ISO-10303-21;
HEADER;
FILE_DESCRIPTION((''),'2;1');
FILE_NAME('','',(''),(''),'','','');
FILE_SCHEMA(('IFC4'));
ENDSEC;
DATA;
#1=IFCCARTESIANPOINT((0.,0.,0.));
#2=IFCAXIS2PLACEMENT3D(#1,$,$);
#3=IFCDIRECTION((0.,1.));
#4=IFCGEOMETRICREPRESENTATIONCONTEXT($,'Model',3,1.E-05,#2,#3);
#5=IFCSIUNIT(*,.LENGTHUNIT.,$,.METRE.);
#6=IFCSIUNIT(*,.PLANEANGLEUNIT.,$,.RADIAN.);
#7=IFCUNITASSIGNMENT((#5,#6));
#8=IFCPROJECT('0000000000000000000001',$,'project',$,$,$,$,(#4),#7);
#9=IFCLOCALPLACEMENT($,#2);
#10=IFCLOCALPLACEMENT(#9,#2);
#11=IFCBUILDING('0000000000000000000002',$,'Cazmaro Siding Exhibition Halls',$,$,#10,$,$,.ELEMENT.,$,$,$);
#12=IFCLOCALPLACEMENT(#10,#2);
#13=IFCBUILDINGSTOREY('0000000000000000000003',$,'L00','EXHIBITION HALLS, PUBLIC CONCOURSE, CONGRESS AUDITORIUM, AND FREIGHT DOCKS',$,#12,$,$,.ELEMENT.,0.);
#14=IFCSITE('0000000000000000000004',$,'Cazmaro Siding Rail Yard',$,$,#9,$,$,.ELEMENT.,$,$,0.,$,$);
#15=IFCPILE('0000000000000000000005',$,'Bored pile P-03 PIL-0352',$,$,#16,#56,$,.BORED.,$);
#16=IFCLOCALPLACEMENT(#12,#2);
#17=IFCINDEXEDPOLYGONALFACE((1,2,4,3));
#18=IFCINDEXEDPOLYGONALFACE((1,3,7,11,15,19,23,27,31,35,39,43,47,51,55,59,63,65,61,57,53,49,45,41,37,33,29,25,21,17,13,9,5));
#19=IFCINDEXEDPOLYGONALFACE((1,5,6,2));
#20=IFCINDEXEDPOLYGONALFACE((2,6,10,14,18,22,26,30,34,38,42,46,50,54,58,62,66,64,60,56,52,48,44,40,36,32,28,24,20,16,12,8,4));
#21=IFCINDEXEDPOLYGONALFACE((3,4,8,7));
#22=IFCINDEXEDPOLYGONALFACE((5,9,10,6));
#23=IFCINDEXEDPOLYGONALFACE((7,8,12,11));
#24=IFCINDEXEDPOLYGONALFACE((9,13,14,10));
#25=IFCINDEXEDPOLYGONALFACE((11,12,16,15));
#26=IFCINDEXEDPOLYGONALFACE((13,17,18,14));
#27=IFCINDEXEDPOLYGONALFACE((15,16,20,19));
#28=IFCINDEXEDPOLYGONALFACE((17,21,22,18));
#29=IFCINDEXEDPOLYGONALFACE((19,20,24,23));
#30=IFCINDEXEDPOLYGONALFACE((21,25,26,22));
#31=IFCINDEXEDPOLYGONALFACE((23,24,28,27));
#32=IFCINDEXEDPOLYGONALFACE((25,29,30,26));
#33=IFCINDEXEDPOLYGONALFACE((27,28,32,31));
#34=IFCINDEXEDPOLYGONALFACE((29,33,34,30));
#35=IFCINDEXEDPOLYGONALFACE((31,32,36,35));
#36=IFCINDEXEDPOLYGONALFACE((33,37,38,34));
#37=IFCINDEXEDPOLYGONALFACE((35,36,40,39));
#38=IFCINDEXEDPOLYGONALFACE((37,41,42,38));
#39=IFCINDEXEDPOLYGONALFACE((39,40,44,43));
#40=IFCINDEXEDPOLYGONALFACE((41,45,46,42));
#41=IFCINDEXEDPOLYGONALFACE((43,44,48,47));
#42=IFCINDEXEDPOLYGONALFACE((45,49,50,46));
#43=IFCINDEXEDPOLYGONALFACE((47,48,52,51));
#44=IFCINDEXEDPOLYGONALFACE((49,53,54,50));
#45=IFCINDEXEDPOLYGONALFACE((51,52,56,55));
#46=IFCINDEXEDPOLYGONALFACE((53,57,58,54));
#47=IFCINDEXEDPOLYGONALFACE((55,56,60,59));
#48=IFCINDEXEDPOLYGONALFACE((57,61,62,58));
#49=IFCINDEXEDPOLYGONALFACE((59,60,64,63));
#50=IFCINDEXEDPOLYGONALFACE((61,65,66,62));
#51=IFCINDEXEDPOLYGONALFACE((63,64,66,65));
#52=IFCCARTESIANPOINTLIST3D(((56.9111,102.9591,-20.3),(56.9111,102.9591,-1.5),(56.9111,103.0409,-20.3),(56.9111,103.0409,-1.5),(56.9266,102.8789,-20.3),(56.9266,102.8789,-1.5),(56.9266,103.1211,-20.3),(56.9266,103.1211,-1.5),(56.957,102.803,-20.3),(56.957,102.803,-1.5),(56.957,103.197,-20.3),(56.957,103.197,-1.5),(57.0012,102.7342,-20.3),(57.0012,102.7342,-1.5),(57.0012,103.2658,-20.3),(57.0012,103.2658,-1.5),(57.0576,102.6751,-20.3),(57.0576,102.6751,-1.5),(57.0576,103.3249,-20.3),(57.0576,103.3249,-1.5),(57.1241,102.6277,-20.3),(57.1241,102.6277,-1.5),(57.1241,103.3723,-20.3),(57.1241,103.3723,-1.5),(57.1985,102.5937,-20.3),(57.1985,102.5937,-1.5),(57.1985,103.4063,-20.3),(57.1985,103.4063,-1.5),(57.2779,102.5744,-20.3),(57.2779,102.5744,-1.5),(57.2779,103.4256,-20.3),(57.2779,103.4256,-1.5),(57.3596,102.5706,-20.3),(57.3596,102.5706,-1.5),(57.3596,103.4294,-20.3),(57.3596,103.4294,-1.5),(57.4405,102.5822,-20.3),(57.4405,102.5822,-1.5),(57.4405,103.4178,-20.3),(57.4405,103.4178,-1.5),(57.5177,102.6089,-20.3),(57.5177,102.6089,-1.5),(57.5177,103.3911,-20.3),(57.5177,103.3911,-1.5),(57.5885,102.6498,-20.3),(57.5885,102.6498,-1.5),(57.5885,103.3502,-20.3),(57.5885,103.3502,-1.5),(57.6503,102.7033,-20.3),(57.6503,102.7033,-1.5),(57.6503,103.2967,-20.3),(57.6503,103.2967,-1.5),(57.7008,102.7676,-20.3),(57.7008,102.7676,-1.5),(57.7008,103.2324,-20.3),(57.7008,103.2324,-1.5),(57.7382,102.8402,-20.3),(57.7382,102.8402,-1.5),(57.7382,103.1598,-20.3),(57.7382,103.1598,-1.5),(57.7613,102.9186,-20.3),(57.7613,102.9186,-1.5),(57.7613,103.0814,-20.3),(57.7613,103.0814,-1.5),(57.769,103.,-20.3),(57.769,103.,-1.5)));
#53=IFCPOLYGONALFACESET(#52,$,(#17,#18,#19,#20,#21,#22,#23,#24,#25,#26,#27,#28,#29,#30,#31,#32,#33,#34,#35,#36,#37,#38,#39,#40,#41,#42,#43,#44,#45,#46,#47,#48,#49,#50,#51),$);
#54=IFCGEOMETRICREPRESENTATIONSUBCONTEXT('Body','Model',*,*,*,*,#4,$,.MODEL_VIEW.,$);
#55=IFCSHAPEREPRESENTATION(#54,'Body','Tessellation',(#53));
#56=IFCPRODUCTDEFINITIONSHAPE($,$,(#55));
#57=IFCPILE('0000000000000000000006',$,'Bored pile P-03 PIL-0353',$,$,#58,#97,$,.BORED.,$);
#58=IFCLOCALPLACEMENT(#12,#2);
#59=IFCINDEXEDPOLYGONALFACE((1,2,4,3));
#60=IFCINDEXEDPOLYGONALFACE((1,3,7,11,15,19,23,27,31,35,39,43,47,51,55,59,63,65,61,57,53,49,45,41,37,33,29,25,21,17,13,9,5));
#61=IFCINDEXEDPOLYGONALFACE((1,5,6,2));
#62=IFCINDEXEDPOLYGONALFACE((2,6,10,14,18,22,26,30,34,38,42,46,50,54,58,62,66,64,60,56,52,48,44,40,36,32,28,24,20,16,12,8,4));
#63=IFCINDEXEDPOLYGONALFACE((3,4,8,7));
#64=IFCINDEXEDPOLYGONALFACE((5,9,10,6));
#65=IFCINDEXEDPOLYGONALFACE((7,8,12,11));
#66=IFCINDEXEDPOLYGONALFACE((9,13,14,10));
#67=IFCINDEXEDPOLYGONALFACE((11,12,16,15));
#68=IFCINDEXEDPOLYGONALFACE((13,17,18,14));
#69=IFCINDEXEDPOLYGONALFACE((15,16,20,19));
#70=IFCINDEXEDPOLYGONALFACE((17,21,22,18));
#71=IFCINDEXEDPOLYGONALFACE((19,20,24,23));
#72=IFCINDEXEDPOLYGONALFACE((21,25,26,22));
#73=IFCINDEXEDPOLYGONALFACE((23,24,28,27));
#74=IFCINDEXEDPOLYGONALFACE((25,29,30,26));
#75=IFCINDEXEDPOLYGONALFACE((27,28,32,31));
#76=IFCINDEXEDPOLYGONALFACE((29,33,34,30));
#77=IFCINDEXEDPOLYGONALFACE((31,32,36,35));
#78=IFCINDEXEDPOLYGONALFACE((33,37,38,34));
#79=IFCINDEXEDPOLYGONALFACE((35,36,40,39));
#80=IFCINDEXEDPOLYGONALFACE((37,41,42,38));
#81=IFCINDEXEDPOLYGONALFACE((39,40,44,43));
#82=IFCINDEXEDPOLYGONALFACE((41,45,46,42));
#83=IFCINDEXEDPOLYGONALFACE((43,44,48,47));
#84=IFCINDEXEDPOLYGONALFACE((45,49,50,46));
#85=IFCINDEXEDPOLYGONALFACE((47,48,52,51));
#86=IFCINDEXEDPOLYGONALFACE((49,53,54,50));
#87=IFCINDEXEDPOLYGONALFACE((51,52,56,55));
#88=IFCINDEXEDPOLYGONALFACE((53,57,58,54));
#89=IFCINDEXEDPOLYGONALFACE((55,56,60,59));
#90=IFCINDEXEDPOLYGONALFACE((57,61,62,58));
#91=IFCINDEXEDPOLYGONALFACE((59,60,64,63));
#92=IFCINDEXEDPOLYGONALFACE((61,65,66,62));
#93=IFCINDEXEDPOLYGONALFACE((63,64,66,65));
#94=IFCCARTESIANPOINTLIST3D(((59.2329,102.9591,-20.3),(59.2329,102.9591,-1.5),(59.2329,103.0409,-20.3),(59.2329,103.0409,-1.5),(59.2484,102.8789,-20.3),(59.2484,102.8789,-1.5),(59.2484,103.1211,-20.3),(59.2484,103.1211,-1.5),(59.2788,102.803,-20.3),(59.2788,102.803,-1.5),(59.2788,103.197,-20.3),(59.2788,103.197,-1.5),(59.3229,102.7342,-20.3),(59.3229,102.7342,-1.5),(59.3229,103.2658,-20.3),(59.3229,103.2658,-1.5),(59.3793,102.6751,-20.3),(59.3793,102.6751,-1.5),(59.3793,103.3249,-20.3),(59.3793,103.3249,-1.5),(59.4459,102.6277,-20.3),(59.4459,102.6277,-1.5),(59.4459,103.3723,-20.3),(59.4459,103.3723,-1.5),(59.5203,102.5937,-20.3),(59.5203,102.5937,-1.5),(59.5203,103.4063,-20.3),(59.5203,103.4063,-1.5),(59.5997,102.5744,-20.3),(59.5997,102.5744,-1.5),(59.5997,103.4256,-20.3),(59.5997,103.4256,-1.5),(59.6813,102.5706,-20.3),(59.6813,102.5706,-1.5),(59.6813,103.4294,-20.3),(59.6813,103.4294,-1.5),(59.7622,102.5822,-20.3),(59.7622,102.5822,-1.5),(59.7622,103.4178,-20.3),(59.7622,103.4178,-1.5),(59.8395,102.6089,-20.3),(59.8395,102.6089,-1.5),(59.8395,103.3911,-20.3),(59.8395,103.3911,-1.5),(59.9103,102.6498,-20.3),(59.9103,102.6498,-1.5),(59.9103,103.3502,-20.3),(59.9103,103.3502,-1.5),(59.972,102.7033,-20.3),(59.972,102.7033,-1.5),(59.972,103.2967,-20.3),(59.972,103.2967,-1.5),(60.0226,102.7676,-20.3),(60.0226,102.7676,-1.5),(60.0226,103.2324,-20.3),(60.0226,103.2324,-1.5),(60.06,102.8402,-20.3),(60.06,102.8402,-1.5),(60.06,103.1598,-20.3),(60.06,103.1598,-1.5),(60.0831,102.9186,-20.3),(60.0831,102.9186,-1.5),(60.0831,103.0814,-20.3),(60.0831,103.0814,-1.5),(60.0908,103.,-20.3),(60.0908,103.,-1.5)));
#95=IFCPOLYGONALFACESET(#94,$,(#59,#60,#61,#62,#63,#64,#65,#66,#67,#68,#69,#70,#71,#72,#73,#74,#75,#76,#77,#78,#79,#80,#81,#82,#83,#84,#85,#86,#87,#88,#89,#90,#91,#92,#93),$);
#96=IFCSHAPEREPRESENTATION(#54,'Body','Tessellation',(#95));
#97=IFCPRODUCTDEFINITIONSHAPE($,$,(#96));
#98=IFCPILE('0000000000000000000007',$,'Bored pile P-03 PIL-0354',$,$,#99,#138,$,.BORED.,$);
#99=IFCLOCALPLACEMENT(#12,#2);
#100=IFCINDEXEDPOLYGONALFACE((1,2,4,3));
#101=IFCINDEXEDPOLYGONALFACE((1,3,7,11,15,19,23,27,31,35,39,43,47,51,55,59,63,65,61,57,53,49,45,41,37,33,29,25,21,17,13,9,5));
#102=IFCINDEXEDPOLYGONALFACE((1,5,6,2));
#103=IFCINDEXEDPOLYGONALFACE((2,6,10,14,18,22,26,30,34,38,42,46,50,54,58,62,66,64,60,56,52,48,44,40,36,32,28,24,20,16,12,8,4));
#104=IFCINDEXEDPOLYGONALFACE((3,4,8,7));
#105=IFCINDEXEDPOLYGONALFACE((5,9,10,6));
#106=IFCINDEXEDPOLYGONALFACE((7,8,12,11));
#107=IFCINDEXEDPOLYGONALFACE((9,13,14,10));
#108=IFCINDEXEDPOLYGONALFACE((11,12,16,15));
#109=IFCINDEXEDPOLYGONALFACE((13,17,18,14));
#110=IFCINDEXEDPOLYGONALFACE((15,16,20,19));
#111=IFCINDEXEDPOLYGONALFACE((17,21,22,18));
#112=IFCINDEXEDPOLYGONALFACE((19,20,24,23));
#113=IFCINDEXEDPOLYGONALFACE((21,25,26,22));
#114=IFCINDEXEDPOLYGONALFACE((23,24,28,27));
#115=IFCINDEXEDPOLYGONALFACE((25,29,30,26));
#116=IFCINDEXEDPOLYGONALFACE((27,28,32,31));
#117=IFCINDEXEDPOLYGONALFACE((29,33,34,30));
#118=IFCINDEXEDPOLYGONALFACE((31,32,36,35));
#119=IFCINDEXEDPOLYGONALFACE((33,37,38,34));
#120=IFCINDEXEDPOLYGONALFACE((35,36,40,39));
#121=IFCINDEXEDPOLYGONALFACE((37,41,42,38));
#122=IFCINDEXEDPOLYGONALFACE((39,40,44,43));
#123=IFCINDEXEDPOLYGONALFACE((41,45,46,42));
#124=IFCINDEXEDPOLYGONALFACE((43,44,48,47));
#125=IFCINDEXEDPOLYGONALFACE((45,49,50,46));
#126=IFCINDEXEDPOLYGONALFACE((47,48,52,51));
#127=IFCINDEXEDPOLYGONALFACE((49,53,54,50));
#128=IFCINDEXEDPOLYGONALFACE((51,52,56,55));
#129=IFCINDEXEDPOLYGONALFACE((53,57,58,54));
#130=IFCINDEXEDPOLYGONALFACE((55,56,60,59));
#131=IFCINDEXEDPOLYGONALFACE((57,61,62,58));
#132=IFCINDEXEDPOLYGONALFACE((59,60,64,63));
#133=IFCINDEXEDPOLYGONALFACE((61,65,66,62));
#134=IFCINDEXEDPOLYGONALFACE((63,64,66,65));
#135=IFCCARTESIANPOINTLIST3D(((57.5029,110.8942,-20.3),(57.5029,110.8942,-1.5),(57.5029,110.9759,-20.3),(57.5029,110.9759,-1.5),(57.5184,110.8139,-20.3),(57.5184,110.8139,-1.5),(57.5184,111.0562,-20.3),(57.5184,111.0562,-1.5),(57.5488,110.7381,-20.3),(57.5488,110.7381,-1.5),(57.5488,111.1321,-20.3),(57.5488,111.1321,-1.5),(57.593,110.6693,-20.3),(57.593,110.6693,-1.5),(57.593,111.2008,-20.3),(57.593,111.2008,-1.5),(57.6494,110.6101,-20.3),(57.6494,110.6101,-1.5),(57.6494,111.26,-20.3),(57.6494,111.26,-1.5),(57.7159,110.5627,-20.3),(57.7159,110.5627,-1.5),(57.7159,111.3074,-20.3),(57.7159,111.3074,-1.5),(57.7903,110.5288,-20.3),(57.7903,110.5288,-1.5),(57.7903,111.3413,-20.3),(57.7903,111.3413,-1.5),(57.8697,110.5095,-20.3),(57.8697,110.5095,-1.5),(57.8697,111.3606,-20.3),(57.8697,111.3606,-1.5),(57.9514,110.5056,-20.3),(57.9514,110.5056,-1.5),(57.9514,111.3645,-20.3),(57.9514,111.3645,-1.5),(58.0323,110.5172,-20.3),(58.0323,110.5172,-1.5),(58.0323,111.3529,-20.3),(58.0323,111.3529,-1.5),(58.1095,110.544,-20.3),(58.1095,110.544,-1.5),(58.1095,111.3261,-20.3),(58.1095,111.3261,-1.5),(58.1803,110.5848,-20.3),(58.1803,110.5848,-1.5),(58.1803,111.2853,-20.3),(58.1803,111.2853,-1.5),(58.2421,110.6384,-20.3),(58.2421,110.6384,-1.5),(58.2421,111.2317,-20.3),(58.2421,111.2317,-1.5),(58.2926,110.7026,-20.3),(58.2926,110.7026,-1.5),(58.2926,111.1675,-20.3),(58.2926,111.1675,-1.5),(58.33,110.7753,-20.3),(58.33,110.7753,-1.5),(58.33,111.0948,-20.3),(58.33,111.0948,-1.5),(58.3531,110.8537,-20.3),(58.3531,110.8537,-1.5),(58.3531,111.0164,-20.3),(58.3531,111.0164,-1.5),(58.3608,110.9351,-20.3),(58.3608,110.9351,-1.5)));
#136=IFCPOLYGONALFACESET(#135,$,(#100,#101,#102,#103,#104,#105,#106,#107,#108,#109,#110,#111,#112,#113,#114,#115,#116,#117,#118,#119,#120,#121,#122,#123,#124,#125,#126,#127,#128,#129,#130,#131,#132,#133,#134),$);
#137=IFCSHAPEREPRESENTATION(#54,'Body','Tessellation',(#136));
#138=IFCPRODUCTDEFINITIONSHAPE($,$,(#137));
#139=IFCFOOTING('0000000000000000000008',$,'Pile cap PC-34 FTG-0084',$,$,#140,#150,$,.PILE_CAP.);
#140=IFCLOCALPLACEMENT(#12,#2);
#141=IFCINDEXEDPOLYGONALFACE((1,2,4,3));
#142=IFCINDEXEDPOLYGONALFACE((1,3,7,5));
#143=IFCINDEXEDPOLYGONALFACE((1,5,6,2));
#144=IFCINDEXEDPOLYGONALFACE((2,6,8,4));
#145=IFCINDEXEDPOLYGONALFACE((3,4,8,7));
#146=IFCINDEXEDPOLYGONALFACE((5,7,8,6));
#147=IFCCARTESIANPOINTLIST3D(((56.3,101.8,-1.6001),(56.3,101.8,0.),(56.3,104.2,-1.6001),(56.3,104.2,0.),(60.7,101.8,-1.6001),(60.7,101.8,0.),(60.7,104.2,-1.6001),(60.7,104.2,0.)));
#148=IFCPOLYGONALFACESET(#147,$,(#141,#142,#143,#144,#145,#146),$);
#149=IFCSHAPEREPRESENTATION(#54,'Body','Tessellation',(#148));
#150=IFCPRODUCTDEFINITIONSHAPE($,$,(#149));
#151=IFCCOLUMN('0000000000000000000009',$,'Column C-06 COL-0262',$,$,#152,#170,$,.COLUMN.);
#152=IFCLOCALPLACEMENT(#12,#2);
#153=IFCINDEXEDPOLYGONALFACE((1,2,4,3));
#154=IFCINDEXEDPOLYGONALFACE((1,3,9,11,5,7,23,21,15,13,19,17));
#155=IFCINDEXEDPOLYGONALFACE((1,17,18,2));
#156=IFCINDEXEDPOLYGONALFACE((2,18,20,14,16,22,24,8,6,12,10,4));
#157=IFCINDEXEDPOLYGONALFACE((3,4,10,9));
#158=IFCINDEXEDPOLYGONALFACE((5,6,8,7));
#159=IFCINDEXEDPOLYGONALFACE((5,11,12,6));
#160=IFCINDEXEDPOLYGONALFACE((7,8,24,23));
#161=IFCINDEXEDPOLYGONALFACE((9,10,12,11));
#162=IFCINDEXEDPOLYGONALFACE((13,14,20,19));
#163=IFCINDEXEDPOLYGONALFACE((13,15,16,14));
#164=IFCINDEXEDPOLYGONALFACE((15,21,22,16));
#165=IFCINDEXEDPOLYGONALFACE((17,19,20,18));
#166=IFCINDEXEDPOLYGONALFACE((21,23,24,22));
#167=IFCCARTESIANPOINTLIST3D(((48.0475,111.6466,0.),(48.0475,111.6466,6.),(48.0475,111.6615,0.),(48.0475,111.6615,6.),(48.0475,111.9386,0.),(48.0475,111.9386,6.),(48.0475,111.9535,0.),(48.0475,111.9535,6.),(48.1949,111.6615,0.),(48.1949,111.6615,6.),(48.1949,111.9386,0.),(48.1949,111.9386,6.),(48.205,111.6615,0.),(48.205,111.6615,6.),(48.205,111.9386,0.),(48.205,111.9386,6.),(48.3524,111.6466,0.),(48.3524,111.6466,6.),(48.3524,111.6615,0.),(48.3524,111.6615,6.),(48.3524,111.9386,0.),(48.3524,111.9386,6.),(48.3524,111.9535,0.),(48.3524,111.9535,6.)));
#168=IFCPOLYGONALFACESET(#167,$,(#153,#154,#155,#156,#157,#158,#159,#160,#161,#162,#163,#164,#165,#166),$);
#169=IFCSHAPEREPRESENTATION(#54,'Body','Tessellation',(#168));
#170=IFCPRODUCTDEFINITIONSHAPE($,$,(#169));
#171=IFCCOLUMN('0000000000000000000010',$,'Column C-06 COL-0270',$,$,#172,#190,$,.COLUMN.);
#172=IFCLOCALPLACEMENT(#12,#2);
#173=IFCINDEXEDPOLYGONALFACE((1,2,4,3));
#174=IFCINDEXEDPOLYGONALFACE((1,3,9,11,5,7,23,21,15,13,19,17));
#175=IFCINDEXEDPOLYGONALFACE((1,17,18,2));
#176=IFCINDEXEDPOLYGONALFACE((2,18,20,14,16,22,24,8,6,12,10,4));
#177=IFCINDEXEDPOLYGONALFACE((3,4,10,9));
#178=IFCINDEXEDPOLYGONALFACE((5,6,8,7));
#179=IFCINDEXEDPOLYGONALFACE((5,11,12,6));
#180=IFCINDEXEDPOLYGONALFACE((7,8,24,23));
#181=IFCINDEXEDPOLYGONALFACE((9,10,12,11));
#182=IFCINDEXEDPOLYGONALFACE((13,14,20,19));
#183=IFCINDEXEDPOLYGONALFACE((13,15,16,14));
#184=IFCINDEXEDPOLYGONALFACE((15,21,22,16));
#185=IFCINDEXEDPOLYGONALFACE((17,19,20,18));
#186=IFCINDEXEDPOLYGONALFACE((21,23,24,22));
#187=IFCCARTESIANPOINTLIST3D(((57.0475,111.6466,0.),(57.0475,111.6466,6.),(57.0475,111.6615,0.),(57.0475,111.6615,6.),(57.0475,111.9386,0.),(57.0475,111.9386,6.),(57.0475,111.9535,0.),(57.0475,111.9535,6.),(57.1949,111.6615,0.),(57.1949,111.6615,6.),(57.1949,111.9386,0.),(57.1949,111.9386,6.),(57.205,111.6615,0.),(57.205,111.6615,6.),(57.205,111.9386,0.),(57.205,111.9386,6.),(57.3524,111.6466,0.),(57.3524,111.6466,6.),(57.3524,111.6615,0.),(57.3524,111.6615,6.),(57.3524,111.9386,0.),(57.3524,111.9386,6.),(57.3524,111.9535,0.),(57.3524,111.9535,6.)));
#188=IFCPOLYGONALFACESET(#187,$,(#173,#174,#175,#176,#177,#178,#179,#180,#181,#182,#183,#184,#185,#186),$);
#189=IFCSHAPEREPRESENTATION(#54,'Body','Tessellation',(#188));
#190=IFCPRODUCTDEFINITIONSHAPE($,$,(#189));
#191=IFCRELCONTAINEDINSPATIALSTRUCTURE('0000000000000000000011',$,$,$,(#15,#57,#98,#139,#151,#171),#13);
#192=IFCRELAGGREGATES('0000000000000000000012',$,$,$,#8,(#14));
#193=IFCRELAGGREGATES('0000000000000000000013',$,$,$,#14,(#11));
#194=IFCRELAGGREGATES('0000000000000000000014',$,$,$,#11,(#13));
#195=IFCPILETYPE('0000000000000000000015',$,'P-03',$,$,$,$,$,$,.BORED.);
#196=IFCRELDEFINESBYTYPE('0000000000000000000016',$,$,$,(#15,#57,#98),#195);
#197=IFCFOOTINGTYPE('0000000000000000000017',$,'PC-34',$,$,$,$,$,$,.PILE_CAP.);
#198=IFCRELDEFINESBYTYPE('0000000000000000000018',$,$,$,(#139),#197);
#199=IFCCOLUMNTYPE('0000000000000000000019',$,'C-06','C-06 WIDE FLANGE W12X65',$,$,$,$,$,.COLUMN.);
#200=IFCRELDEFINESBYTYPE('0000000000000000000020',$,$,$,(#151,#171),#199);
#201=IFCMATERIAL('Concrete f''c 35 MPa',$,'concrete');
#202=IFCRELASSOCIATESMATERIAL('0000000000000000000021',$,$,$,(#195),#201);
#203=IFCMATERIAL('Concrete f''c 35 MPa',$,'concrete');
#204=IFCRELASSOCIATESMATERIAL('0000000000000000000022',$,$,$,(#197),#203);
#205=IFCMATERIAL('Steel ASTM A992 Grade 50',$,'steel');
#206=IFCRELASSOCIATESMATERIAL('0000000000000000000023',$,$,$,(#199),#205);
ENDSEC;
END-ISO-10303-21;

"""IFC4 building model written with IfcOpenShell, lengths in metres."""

from ifc_helpers import new_model, si_unit, direction, frame, origin, origin_2d, place, context, subcontext, project, spatial, rectangle, circle, i_section, extrude, material, material_profile, profile_set, type_object, element, save


model = new_model("IFC4")

# Units and contexts
model_context = context("Model", 3, precision=1e-05, world=origin(), true_north=direction((0.0, 1.0)))
body_context = subcontext(model_context, "Body", "Model", "MODEL_VIEW")
ifc_project = project(units=[si_unit("LENGTHUNIT", "METRE"), si_unit("PLANEANGLEUNIT", "RADIAN")], contexts=[model_context])

# Site, building, storey
site_placement = place(None, origin())
site = spatial("IfcSite", under=ifc_project, at=site_placement, Name="Cazmaro Siding Rail Yard", CompositionType="ELEMENT", RefElevation=0.0)
building_placement = place(site_placement, origin())
building = spatial("IfcBuilding", under=site, at=building_placement, Name="Cazmaro Siding Exhibition Halls", CompositionType="ELEMENT")
storey_placement = place(building_placement, origin())
storey = spatial("IfcBuildingStorey", under=building, at=storey_placement, Name="L00", Description="EXHIBITION HALLS, PUBLIC CONCOURSE, CONGRESS AUDITORIUM, AND FREIGHT DOCKS", CompositionType="ELEMENT", Elevation=0.0)

# Piles
ifc_material_1 = material(Name="Concrete f'c 35 MPa", Category="concrete")
ifc_material_profile_1 = material_profile(ifc_material_1, circle(Radius=0.4299, at=origin_2d()), Name="CIDH-860")
ifc_profile_set_1 = profile_set([ifc_material_profile_1], Name="Concrete f'c 35 MPa")
pile_type = type_object("IfcPileType", Name="P-03", PredefinedType="BORED", material=ifc_profile_set_1)
for number, where, z_axis, x_axis, name in (
    (1, (57.3391, 103.0, -1.5), (0.0, 0.0, -1.0), (1.0, 0.0, 0.0), "Bored pile P-03 PIL-0352"),
    (2, (59.6609, 103.0, -1.5), (0.0, 0.0, -1.0), (1.0, 0.0, 0.0), "Bored pile P-03 PIL-0353"),
    (3, (57.9309, 110.9351, -1.5), (0.0, 0.0, -1.0), (1.0, 0.0, 0.0), "Bored pile P-03 PIL-0354"),
):
    element("IfcPile", number, at=place(storey_placement, frame(where, z_axis=z_axis, x_axis=x_axis)), inside=storey, type_object=pile_type, Name=name, PredefinedType="BORED", context=body_context, shape_type="SweptSolid", body=[
        extrude(circle(Radius=0.4299, at=origin_2d()), origin(), (0.0, 0.0, 1.0), 18.8),
    ])

# Footing
ifc_material_2 = material(Name="Concrete f'c 35 MPa", Category="concrete")
footing_type = type_object("IfcFootingType", Name="PC-34", PredefinedType="PILE_CAP", material=ifc_material_2)
footing_placement = place(storey_placement, frame((58.5, 103.0, -1.6001), z_axis=(0.0, 0.0, 1.0), x_axis=(1.0, 0.0, 0.0)))
element("IfcFooting", 4, at=footing_placement, inside=storey, type_object=footing_type, Name="Pile cap PC-34 FTG-0084", PredefinedType="PILE_CAP", context=body_context, shape_type="SweptSolid", body=[
    extrude(rectangle(XDim=4.3999, YDim=2.3999, at=origin_2d()), origin(), (0.0, 0.0, 1.0), 1.6001),
])

# Columns
ifc_material_3 = material(Name="Steel ASTM A992 Grade 50", Category="steel")
ifc_material_profile_2 = material_profile(ifc_material_3, i_section(OverallWidth=0.3049, OverallDepth=0.3069, WebThickness=0.01, FlangeThickness=0.0149, at=origin_2d()), Name="W12X65")
ifc_profile_set_2 = profile_set([ifc_material_profile_2], Name="Steel ASTM A992 Grade 50")
column_type_1 = type_object("IfcColumnType", Name="C-06", Description="C-06 WIDE FLANGE W12X65", PredefinedType="COLUMN", material=ifc_profile_set_2)
for number, where, z_axis, x_axis, name in (
    (5, (48.2, 111.8, 0.0), (0.0, 0.0, 1.0), (1.0, 0.0, 0.0), "Column C-06 COL-0262"),
    (6, (57.2, 111.8, 0.0), (0.0, 0.0, 1.0), (1.0, 0.0, 0.0), "Column C-06 COL-0270"),
):
    element("IfcColumn", number, at=place(storey_placement, frame(where, z_axis=z_axis, x_axis=x_axis)), inside=storey, type_object=column_type_1, Name=name, PredefinedType="COLUMN", context=body_context, shape_type="SweptSolid", body=[
        extrude(i_section(OverallWidth=0.3049, OverallDepth=0.3069, WebThickness=0.01, FlangeThickness=0.0149, at=origin_2d()), origin(), (0.0, 0.0, 1.0), 6.0),
    ])

save(model, "model.ifc")
